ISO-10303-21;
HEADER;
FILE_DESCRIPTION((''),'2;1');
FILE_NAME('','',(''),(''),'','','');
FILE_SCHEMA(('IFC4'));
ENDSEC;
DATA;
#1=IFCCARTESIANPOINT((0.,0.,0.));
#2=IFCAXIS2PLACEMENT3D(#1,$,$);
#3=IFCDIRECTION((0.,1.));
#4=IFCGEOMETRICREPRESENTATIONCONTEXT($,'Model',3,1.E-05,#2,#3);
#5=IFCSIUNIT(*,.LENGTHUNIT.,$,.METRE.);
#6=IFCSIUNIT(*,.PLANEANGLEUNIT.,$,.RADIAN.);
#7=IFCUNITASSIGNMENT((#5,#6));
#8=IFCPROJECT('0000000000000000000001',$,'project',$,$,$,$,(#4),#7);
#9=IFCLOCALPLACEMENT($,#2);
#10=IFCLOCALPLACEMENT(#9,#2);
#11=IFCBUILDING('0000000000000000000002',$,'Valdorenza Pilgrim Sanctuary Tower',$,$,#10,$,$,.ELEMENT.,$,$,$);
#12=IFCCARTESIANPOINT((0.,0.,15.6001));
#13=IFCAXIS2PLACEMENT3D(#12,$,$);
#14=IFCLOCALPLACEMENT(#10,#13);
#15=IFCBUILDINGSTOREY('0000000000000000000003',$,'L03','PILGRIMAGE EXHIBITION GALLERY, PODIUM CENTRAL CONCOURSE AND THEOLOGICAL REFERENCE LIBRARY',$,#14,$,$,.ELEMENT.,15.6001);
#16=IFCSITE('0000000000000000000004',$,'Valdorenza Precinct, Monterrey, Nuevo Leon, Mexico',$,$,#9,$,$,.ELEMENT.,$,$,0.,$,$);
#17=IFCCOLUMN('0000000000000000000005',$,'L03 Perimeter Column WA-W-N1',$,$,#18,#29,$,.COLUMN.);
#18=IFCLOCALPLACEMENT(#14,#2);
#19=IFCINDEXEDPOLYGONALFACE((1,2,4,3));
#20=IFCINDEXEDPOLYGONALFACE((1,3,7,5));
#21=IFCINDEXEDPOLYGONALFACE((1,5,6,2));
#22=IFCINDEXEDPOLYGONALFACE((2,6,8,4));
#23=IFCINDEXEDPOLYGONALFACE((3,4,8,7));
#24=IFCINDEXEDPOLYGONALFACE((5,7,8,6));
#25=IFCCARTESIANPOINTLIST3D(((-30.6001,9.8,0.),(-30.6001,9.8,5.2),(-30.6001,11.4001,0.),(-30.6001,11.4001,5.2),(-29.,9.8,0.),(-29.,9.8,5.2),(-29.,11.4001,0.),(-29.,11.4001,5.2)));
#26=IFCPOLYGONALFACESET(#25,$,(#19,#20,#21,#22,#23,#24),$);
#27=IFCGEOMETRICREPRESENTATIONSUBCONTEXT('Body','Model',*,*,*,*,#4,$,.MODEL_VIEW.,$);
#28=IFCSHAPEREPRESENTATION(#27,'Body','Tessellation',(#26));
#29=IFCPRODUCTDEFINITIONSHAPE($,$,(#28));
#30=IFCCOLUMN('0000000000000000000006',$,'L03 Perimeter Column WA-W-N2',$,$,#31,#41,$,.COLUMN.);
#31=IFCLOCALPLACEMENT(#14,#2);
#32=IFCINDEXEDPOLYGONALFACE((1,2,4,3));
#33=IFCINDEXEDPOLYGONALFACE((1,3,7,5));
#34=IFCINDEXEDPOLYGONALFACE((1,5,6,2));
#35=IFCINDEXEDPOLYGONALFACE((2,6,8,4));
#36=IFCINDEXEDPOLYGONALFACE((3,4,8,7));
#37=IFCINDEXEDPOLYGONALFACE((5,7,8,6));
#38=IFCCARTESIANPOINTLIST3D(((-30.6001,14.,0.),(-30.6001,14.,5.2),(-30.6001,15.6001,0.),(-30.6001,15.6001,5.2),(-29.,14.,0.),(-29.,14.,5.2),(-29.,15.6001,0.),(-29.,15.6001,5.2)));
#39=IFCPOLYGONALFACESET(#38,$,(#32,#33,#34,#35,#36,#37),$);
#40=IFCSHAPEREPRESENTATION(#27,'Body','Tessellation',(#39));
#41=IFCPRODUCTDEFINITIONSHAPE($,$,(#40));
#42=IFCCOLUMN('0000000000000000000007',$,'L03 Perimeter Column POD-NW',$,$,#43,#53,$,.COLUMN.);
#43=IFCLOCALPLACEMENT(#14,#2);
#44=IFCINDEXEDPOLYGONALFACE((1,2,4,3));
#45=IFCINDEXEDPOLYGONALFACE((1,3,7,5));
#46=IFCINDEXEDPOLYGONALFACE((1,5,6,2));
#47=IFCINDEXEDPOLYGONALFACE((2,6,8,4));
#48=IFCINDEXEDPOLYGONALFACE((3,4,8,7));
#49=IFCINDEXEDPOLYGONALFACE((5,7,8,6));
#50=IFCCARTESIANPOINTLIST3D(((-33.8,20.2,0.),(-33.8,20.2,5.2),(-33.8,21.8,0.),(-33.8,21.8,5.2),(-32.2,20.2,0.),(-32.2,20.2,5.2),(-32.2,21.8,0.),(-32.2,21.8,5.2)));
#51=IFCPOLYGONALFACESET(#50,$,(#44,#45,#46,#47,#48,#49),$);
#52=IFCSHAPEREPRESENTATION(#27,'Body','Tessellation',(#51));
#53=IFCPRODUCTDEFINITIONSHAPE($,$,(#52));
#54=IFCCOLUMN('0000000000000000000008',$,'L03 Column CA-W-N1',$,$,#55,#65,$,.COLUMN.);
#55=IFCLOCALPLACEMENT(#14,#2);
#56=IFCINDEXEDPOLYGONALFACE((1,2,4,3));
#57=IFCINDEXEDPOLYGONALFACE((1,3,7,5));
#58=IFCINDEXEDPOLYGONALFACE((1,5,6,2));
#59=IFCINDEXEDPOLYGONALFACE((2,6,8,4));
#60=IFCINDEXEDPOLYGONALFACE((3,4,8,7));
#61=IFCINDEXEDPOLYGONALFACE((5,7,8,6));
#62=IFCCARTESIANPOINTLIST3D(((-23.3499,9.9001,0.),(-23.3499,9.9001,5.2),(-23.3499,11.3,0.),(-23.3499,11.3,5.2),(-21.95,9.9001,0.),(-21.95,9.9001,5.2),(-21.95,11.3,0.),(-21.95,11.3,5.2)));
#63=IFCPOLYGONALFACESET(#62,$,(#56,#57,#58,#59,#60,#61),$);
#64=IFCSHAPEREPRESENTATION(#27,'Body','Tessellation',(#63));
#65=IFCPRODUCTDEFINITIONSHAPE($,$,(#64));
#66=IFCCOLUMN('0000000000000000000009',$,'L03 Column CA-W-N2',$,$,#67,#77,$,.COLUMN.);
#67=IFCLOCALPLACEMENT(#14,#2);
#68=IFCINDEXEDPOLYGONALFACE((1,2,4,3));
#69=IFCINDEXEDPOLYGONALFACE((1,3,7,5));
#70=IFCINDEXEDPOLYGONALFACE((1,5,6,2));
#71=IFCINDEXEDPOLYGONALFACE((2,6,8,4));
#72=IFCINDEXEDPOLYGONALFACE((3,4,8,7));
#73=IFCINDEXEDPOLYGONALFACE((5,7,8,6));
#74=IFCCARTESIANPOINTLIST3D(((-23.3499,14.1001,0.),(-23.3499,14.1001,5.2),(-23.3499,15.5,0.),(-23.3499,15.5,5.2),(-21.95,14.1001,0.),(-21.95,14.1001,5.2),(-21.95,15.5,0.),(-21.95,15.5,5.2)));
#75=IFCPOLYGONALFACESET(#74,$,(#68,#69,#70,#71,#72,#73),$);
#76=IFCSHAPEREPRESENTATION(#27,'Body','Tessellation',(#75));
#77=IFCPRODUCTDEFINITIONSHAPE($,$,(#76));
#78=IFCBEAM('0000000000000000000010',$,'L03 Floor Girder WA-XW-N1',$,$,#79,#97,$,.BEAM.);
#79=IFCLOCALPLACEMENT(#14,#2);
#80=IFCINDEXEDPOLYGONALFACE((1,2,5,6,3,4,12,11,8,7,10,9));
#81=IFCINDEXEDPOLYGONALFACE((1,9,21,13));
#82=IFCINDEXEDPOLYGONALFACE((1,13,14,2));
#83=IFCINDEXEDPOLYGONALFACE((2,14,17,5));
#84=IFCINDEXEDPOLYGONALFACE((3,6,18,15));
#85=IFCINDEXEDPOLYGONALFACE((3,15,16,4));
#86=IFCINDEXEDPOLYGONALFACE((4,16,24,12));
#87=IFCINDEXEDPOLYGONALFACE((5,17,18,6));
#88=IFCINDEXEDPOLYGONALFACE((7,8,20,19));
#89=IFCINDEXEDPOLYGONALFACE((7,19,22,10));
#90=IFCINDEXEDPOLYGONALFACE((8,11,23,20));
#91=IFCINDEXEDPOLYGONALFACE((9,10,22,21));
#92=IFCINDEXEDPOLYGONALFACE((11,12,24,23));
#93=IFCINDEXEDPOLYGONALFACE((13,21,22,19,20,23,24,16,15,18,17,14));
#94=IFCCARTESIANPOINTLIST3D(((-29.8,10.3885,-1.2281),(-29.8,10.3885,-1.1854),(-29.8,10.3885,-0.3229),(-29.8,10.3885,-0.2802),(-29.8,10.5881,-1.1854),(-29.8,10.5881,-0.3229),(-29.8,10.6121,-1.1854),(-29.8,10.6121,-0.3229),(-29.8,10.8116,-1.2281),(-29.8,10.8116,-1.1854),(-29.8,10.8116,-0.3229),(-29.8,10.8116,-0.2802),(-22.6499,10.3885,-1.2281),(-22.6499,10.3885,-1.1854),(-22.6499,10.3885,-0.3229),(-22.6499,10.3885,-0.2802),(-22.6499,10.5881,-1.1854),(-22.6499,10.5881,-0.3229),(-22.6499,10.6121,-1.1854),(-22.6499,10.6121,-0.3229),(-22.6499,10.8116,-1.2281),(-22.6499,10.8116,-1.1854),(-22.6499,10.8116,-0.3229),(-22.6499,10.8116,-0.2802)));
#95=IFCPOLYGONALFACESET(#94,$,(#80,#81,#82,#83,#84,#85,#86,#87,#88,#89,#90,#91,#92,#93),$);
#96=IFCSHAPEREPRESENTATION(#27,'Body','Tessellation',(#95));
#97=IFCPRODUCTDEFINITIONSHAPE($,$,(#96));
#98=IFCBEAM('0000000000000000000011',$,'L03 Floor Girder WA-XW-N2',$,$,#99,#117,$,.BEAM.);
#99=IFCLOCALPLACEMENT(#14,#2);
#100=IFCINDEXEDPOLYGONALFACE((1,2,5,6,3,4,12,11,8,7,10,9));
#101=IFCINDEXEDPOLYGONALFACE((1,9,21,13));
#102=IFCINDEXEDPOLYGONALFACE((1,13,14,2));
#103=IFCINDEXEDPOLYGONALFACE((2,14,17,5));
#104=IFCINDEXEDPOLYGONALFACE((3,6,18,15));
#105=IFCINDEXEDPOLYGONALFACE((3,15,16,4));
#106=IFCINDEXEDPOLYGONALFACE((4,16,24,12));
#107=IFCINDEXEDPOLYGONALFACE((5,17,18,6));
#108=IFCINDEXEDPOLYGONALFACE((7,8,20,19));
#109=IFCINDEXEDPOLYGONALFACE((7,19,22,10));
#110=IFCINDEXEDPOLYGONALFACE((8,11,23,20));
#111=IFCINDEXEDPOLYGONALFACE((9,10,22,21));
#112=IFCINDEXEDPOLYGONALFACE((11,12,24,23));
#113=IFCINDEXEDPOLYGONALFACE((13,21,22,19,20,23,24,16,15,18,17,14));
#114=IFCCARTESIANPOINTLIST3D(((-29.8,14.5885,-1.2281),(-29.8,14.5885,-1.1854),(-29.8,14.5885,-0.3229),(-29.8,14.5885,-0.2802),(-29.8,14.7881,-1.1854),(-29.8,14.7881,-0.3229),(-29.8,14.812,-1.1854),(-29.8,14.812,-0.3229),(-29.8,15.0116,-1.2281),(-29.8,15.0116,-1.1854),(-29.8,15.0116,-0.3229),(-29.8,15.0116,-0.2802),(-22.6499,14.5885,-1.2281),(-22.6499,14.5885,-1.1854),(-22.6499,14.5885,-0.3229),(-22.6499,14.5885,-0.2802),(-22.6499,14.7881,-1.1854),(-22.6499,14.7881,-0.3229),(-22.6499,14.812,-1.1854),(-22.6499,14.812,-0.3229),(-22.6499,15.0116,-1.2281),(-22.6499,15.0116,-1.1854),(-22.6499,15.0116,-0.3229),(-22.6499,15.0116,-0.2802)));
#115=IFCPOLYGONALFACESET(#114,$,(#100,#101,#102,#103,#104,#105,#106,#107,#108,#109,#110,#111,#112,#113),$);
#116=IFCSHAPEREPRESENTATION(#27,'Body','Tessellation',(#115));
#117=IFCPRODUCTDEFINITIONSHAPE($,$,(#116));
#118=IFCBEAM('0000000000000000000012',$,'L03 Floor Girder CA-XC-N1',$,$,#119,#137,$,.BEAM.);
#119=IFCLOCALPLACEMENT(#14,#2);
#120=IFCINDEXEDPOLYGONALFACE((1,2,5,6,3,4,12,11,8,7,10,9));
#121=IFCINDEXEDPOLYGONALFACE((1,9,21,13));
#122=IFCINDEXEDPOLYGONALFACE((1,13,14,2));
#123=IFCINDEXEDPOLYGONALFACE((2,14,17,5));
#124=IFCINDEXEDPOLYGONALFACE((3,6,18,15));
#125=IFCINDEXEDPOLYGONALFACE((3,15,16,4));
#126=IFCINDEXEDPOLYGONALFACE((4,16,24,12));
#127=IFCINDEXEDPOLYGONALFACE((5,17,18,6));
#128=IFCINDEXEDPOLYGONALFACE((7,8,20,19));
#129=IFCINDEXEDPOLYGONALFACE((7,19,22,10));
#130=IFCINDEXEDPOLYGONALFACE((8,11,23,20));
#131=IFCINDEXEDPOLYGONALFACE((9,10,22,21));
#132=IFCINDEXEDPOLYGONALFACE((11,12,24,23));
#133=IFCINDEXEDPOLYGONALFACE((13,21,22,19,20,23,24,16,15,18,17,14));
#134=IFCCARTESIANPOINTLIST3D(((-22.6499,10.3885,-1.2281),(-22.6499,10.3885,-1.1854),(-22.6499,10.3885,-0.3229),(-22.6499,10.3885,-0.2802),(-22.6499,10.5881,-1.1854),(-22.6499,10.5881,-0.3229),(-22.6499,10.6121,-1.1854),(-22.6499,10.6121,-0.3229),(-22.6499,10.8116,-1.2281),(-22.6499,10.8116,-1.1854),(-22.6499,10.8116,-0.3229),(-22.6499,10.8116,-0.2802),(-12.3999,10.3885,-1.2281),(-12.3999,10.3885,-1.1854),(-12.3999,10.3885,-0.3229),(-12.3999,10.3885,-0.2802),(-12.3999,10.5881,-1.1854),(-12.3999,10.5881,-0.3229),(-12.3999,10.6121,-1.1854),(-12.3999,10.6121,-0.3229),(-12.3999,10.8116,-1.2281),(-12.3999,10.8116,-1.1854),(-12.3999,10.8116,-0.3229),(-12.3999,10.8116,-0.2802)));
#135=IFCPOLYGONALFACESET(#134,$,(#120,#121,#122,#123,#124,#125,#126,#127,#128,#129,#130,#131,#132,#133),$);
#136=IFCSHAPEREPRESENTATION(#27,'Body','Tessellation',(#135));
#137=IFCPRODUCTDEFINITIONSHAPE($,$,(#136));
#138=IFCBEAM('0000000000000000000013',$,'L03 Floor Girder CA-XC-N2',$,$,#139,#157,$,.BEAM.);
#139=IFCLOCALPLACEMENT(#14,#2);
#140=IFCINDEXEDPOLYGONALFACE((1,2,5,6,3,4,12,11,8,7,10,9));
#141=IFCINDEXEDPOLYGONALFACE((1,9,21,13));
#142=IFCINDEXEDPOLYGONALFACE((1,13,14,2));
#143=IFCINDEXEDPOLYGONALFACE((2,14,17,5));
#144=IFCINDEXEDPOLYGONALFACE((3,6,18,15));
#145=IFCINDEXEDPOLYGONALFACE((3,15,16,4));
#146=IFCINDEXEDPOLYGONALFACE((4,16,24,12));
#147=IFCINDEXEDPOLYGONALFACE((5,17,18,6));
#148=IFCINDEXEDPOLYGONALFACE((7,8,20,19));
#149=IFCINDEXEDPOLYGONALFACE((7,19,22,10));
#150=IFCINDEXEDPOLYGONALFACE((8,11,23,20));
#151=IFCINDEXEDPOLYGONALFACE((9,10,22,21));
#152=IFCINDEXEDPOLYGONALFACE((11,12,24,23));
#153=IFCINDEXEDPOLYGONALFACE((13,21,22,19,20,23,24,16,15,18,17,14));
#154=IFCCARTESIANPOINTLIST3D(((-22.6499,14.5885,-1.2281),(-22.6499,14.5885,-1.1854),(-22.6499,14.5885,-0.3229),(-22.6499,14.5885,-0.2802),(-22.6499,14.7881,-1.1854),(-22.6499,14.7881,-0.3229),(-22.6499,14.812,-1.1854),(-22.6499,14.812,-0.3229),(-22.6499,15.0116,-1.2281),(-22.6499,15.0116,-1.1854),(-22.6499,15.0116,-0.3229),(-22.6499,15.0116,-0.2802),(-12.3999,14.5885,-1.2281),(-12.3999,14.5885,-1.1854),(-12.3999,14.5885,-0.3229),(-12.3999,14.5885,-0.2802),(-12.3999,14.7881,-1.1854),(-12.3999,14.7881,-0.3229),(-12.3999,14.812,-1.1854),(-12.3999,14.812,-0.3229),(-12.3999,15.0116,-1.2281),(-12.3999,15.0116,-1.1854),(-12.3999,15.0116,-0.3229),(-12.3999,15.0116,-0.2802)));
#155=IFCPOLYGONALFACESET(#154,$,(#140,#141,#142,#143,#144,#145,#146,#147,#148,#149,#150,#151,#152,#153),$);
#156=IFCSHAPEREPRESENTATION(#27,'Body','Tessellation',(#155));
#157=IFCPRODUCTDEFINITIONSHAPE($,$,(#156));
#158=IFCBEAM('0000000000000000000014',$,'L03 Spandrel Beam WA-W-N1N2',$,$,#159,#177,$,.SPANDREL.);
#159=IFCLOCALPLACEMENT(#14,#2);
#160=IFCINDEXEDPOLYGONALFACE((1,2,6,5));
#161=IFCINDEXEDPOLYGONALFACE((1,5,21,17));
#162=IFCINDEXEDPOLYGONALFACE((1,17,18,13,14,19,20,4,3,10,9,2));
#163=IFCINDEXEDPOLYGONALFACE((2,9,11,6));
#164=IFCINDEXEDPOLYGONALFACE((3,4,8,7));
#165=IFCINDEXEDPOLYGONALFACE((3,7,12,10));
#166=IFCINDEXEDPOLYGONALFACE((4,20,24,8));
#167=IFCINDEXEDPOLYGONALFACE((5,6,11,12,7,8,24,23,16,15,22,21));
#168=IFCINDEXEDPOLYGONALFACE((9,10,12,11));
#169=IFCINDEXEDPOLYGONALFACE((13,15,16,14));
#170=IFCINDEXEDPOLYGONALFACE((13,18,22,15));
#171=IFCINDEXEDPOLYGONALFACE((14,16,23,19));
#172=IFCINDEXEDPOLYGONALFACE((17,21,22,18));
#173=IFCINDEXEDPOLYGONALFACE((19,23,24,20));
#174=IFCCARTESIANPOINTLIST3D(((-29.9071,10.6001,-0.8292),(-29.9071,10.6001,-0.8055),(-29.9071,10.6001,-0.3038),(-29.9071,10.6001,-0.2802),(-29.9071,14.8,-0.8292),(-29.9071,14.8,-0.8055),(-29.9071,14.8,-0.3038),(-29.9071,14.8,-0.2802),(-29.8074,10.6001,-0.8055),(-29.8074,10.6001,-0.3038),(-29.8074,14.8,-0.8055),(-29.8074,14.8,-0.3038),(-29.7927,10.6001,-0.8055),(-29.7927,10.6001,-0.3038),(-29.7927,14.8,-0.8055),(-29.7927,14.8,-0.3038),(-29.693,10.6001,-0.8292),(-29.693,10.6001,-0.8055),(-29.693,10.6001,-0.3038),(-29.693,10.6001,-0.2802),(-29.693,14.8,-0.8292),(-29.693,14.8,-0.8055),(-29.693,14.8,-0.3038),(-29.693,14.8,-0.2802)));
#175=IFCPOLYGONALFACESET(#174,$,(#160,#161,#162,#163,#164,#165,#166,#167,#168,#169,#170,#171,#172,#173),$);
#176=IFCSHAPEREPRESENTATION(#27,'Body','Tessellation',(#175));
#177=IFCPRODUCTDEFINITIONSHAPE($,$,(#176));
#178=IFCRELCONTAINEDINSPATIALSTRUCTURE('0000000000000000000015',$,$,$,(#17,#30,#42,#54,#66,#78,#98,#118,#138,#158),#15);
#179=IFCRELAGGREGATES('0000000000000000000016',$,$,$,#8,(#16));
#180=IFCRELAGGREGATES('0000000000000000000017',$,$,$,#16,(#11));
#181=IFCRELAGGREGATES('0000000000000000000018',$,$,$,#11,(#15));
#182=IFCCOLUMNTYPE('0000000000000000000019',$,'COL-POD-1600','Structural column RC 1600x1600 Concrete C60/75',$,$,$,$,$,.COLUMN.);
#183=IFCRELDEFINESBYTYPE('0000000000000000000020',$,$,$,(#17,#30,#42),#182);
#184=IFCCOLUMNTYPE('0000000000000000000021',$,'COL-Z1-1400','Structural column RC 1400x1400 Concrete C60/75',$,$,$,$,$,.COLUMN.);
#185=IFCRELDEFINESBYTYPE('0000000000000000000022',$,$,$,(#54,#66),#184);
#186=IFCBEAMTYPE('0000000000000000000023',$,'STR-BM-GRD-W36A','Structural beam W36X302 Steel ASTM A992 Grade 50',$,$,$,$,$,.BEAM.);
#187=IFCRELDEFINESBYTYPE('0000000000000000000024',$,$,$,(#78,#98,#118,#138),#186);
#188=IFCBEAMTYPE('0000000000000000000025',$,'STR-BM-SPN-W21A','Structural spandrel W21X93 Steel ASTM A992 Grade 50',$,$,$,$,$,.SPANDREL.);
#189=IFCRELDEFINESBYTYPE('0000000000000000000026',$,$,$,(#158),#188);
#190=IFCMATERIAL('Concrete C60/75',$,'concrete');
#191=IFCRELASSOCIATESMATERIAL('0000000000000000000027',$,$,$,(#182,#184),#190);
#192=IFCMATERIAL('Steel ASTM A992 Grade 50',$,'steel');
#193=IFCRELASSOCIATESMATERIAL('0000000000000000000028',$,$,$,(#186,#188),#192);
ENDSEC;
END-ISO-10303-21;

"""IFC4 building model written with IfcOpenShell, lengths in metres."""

from ifc_helpers import new_model, si_unit, direction, frame, origin, origin_2d, place, context, subcontext, project, spatial, rectangle, i_section, extrude, source, transform, mapped, material, material_profile, profile_set, type_object, element, save


model = new_model("IFC4")

# Units and contexts
model_context = context("Model", 3, precision=1e-05, world=origin(), true_north=direction((0.0, 1.0)))
body_context = subcontext(model_context, "Body", "Model", "MODEL_VIEW")
ifc_project = project(units=[si_unit("LENGTHUNIT", "METRE"), si_unit("PLANEANGLEUNIT", "RADIAN")], contexts=[model_context])

# Site, building, storey
site_placement = place(None, origin())
site = spatial("IfcSite", under=ifc_project, at=site_placement, Name="Valdorenza Precinct, Monterrey, Nuevo Leon, Mexico", CompositionType="ELEMENT", RefElevation=0.0)
building_placement = place(site_placement, origin())
building = spatial("IfcBuilding", under=site, at=building_placement, Name="Valdorenza Pilgrim Sanctuary Tower", CompositionType="ELEMENT")
storey_placement = place(building_placement, frame((0.0, 0.0, 15.6001)))
storey = spatial("IfcBuildingStorey", under=building, at=storey_placement, Name="L03", Description="PILGRIMAGE EXHIBITION GALLERY, PODIUM CENTRAL CONCOURSE AND THEOLOGICAL REFERENCE LIBRARY", CompositionType="ELEMENT", Elevation=15.6001)

# Columns
ifc_material_1 = material(Name="Concrete C60/75", Category="concrete")
ifc_material_profile_1 = material_profile(ifc_material_1, rectangle(XDim=1.6001, YDim=1.6001, at=origin_2d()), Name="RC 1600x1600")
ifc_profile_set_1 = profile_set([ifc_material_profile_1], Name="Concrete C60/75")
column_type_1 = type_object("IfcColumnType", Name="COL-POD-1600", Description="Structural column RC 1600x1600 Concrete C60/75", PredefinedType="COLUMN", material=ifc_profile_set_1)
shared_shape_1 = source(origin(), body_context, "Body", "SweptSolid", [
    extrude(rectangle(XDim=1.6001, YDim=1.6001, at=origin_2d()), origin(), (0.0, 0.0, 1.0), 5.2),
])
for number, where, z_axis, x_axis, name in (
    (1, (-29.8, 10.6001, 0.0), (0.0, 0.0, 1.0), (1.0, 0.0, 0.0), "L03 Perimeter Column WA-W-N1"),
    (2, (-29.8, 14.8, 0.0), (0.0, 0.0, 1.0), (1.0, 0.0, 0.0), "L03 Perimeter Column WA-W-N2"),
    (3, (-33.0, 21.0, 0.0), (0.0, 0.0, 1.0), (1.0, 0.0, 0.0), "L03 Perimeter Column POD-NW"),
):
    element("IfcColumn", number, at=place(storey_placement, frame(where, z_axis=z_axis, x_axis=x_axis)), inside=storey, type_object=column_type_1, Name=name, PredefinedType="COLUMN", context=body_context, shape_type="MappedRepresentation", body=[
        mapped(shared_shape_1, transform((0.0, 0.0, 0.0), x_axis=(1.0, 0.0, 0.0), y_axis=(0.0, 1.0, 0.0), z_axis=(0.0, 0.0, 1.0), scale=1.0)),
    ])
ifc_material_profile_2 = material_profile(ifc_material_1, rectangle(XDim=1.3999, YDim=1.3999, at=origin_2d()), Name="RC 1400x1400")
ifc_profile_set_2 = profile_set([ifc_material_profile_2], Name="Concrete C60/75")
column_type_2 = type_object("IfcColumnType", Name="COL-Z1-1400", Description="Structural column RC 1400x1400 Concrete C60/75", PredefinedType="COLUMN", material=ifc_profile_set_2)
shared_shape_2 = source(origin(), body_context, "Body", "SweptSolid", [
    extrude(rectangle(XDim=1.3999, YDim=1.3999, at=origin_2d()), origin(), (0.0, 0.0, 1.0), 5.2),
])
for number, where, z_axis, x_axis, name in (
    (4, (-22.6499, 10.6001, 0.0), (0.0, 0.0, 1.0), (1.0, 0.0, 0.0), "L03 Column CA-W-N1"),
    (5, (-22.6499, 14.8, 0.0), (0.0, 0.0, 1.0), (1.0, 0.0, 0.0), "L03 Column CA-W-N2"),
):
    element("IfcColumn", number, at=place(storey_placement, frame(where, z_axis=z_axis, x_axis=x_axis)), inside=storey, type_object=column_type_2, Name=name, PredefinedType="COLUMN", context=body_context, shape_type="MappedRepresentation", body=[
        mapped(shared_shape_2, transform((0.0, 0.0, 0.0), x_axis=(1.0, 0.0, 0.0), y_axis=(0.0, 1.0, 0.0), z_axis=(0.0, 0.0, 1.0), scale=1.0)),
    ])

# Beams
ifc_material_2 = material(Name="Steel ASTM A992 Grade 50", Category="steel")
ifc_material_profile_3 = material_profile(ifc_material_2, i_section(OverallWidth=0.4231, OverallDepth=0.948, WebThickness=0.0239, FlangeThickness=0.0427, at=origin_2d()), Name="W36X302")
ifc_profile_set_3 = profile_set([ifc_material_profile_3], Name="Steel ASTM A992 Grade 50")
beam_type_1 = type_object("IfcBeamType", Name="STR-BM-GRD-W36A", Description="Structural beam W36X302 Steel ASTM A992 Grade 50", PredefinedType="BEAM", material=ifc_profile_set_3)
shared_shape_3 = source(origin(), body_context, "Body", "SweptSolid", [
    extrude(i_section(OverallWidth=0.4231, OverallDepth=0.948, WebThickness=0.0239, FlangeThickness=0.0427, at=origin_2d()), origin(), (0.0, 0.0, 1.0), 7.1501),
])
for number, where, z_axis, x_axis, name in (
    (6, (-29.8, 10.6001, -0.7542), (1.0, 0.0, 0.0), (0.0, 1.0, 0.0), "L03 Floor Girder WA-XW-N1"),
    (7, (-29.8, 14.8, -0.7542), (1.0, 0.0, 0.0), (0.0, 1.0, 0.0), "L03 Floor Girder WA-XW-N2"),
):
    element("IfcBeam", number, at=place(storey_placement, frame(where, z_axis=z_axis, x_axis=x_axis)), inside=storey, type_object=beam_type_1, Name=name, PredefinedType="BEAM", context=body_context, shape_type="MappedRepresentation", body=[
        mapped(shared_shape_3, transform((0.0, 0.0, 0.0), x_axis=(1.0, 0.0, 0.0), y_axis=(0.0, 1.0, 0.0), z_axis=(0.0, 0.0, 1.0), scale=1.0)),
    ])
shared_shape_4 = source(origin(), body_context, "Body", "SweptSolid", [
    extrude(i_section(OverallWidth=0.4231, OverallDepth=0.948, WebThickness=0.0239, FlangeThickness=0.0427, at=origin_2d()), origin(), (0.0, 0.0, 1.0), 10.25),
])
for number, where, z_axis, x_axis, name in (
    (8, (-22.6499, 10.6001, -0.7542), (1.0, 0.0, 0.0), (0.0, 1.0, 0.0), "L03 Floor Girder CA-XC-N1"),
    (9, (-22.6499, 14.8, -0.7542), (1.0, 0.0, 0.0), (0.0, 1.0, 0.0), "L03 Floor Girder CA-XC-N2"),
):
    element("IfcBeam", number, at=place(storey_placement, frame(where, z_axis=z_axis, x_axis=x_axis)), inside=storey, type_object=beam_type_1, Name=name, PredefinedType="BEAM", context=body_context, shape_type="MappedRepresentation", body=[
        mapped(shared_shape_4, transform((0.0, 0.0, 0.0), x_axis=(1.0, 0.0, 0.0), y_axis=(0.0, 1.0, 0.0), z_axis=(0.0, 0.0, 1.0), scale=1.0)),
    ])
ifc_material_profile_4 = material_profile(ifc_material_2, i_section(OverallWidth=0.2141, OverallDepth=0.5491, WebThickness=0.0146, FlangeThickness=0.0237, at=origin_2d()), Name="W21X93")
ifc_profile_set_4 = profile_set([ifc_material_profile_4], Name="Steel ASTM A992 Grade 50")
beam_type_2 = type_object("IfcBeamType", Name="STR-BM-SPN-W21A", Description="Structural spandrel W21X93 Steel ASTM A992 Grade 50", PredefinedType="SPANDREL", material=ifc_profile_set_4)
shared_shape_5 = source(origin(), body_context, "Body", "SweptSolid", [
    extrude(i_section(OverallWidth=0.2141, OverallDepth=0.5491, WebThickness=0.0146, FlangeThickness=0.0237, at=origin_2d()), origin(), (0.0, 0.0, 1.0), 4.2),
])
beam_1_placement = place(storey_placement, frame((-29.8, 10.6001, -0.5547), z_axis=(0.0, 1.0, 0.0), x_axis=(-1.0, 0.0, 0.0)))
element("IfcBeam", 10, at=beam_1_placement, inside=storey, type_object=beam_type_2, Name="L03 Spandrel Beam WA-W-N1N2", PredefinedType="SPANDREL", context=body_context, shape_type="MappedRepresentation", body=[
    mapped(shared_shape_5, transform((0.0, 0.0, 0.0), x_axis=(1.0, 0.0, 0.0), y_axis=(0.0, 1.0, 0.0), z_axis=(0.0, 0.0, 1.0), scale=1.0)),
])

save(model, "model.ifc")
